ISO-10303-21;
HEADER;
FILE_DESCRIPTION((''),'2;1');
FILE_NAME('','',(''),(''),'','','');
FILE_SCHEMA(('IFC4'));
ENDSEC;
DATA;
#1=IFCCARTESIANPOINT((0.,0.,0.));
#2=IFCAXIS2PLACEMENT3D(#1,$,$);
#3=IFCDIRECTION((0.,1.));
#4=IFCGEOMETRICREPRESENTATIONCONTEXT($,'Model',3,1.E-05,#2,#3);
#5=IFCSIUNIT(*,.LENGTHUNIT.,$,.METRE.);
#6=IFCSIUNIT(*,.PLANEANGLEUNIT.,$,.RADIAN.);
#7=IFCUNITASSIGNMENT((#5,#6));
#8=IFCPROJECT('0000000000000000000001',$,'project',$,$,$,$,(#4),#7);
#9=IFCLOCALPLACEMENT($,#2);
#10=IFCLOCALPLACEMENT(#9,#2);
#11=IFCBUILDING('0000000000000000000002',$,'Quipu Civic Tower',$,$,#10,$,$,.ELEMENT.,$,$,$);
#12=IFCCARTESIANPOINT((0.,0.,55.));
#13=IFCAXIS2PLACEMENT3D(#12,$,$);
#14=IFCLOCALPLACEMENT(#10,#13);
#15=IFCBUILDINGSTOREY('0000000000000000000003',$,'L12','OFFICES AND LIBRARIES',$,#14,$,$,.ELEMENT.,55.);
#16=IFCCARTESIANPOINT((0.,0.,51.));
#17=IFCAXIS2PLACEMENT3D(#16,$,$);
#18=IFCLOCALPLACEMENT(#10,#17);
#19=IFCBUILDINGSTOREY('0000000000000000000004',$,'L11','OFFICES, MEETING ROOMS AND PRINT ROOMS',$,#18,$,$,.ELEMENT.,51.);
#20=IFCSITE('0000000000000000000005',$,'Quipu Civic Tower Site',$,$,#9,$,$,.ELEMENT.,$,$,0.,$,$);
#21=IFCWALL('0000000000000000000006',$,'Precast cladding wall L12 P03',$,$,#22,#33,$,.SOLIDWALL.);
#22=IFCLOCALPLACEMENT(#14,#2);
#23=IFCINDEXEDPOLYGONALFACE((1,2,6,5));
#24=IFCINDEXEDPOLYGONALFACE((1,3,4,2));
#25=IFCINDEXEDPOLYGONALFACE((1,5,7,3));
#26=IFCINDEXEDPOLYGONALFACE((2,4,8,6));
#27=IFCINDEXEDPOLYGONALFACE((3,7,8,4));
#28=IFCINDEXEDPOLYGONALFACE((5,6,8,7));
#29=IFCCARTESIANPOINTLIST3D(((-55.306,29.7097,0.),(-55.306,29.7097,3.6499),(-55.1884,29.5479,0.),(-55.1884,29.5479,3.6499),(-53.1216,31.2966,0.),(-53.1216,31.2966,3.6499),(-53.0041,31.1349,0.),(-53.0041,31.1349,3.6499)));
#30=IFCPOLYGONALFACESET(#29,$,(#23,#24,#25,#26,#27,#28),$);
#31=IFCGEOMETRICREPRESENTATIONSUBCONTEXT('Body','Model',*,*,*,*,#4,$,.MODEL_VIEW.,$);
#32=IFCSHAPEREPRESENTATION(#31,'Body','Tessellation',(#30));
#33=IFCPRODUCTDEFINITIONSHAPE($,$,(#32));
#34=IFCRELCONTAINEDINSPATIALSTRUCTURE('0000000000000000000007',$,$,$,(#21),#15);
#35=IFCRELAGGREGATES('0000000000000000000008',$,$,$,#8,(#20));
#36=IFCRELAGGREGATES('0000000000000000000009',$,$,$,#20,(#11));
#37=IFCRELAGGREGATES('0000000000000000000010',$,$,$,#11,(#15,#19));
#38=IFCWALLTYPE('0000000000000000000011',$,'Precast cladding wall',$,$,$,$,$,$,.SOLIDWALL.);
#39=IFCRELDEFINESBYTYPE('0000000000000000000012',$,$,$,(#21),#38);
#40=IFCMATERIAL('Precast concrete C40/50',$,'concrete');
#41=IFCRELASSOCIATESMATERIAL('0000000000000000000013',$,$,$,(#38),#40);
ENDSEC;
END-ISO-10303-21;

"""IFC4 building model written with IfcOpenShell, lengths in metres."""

from ifc_helpers import new_model, si_unit, direction, frame, frame_2d, origin, place, context, subcontext, project, spatial, rectangle, extrude, material, type_object, element, save


model = new_model("IFC4")

# Units and contexts
model_context = context("Model", 3, precision=1e-05, world=origin(), true_north=direction((0.0, 1.0)))
body_context = subcontext(model_context, "Body", "Model", "MODEL_VIEW")
ifc_project = project(units=[si_unit("LENGTHUNIT", "METRE"), si_unit("PLANEANGLEUNIT", "RADIAN")], contexts=[model_context])

# Site, building, storey
site_placement = place(None, origin())
site = spatial("IfcSite", under=ifc_project, at=site_placement, Name="Quipu Civic Tower Site", CompositionType="ELEMENT", RefElevation=0.0)
building_placement = place(site_placement, origin())
building = spatial("IfcBuilding", under=site, at=building_placement, Name="Quipu Civic Tower", CompositionType="ELEMENT")
storey_1_placement = place(building_placement, frame((0.0, 0.0, 55.0)))
storey_1 = spatial("IfcBuildingStorey", under=building, at=storey_1_placement, Name="L12", Description="OFFICES AND LIBRARIES", CompositionType="ELEMENT", Elevation=55.0)

# Shared definitions
storey_2_placement = place(building_placement, frame((0.0, 0.0, 51.0)))
storey_2 = spatial("IfcBuildingStorey", under=building, at=storey_2_placement, Name="L11", Description="OFFICES, MEETING ROOMS AND PRINT ROOMS", CompositionType="ELEMENT", Elevation=51.0)

# Wall
ifc_material_1 = material(Name="Precast concrete C40/50", Category="concrete")
wall_type_1 = type_object("IfcWallType", Name="Precast cladding wall", PredefinedType="SOLIDWALL", material=ifc_material_1)
wall_1_placement = place(storey_1_placement, frame((-53.0627, 31.2158, 0.0), z_axis=(0.0, 0.0, 1.0), x_axis=(-0.809033, -0.587763, 0.0)))
element("IfcWall", 1, at=wall_1_placement, inside=storey_1, type_object=wall_type_1, Name="Precast cladding wall L12 P03", PredefinedType="SOLIDWALL", context=body_context, shape_type="SweptSolid", body=[
    extrude(rectangle(XDim=2.7, YDim=0.2, at=frame_2d((1.3501, 0.0))), origin(), (0.0, 0.0, 1.0), 3.6499),
])

save(model, "model.ifc")
